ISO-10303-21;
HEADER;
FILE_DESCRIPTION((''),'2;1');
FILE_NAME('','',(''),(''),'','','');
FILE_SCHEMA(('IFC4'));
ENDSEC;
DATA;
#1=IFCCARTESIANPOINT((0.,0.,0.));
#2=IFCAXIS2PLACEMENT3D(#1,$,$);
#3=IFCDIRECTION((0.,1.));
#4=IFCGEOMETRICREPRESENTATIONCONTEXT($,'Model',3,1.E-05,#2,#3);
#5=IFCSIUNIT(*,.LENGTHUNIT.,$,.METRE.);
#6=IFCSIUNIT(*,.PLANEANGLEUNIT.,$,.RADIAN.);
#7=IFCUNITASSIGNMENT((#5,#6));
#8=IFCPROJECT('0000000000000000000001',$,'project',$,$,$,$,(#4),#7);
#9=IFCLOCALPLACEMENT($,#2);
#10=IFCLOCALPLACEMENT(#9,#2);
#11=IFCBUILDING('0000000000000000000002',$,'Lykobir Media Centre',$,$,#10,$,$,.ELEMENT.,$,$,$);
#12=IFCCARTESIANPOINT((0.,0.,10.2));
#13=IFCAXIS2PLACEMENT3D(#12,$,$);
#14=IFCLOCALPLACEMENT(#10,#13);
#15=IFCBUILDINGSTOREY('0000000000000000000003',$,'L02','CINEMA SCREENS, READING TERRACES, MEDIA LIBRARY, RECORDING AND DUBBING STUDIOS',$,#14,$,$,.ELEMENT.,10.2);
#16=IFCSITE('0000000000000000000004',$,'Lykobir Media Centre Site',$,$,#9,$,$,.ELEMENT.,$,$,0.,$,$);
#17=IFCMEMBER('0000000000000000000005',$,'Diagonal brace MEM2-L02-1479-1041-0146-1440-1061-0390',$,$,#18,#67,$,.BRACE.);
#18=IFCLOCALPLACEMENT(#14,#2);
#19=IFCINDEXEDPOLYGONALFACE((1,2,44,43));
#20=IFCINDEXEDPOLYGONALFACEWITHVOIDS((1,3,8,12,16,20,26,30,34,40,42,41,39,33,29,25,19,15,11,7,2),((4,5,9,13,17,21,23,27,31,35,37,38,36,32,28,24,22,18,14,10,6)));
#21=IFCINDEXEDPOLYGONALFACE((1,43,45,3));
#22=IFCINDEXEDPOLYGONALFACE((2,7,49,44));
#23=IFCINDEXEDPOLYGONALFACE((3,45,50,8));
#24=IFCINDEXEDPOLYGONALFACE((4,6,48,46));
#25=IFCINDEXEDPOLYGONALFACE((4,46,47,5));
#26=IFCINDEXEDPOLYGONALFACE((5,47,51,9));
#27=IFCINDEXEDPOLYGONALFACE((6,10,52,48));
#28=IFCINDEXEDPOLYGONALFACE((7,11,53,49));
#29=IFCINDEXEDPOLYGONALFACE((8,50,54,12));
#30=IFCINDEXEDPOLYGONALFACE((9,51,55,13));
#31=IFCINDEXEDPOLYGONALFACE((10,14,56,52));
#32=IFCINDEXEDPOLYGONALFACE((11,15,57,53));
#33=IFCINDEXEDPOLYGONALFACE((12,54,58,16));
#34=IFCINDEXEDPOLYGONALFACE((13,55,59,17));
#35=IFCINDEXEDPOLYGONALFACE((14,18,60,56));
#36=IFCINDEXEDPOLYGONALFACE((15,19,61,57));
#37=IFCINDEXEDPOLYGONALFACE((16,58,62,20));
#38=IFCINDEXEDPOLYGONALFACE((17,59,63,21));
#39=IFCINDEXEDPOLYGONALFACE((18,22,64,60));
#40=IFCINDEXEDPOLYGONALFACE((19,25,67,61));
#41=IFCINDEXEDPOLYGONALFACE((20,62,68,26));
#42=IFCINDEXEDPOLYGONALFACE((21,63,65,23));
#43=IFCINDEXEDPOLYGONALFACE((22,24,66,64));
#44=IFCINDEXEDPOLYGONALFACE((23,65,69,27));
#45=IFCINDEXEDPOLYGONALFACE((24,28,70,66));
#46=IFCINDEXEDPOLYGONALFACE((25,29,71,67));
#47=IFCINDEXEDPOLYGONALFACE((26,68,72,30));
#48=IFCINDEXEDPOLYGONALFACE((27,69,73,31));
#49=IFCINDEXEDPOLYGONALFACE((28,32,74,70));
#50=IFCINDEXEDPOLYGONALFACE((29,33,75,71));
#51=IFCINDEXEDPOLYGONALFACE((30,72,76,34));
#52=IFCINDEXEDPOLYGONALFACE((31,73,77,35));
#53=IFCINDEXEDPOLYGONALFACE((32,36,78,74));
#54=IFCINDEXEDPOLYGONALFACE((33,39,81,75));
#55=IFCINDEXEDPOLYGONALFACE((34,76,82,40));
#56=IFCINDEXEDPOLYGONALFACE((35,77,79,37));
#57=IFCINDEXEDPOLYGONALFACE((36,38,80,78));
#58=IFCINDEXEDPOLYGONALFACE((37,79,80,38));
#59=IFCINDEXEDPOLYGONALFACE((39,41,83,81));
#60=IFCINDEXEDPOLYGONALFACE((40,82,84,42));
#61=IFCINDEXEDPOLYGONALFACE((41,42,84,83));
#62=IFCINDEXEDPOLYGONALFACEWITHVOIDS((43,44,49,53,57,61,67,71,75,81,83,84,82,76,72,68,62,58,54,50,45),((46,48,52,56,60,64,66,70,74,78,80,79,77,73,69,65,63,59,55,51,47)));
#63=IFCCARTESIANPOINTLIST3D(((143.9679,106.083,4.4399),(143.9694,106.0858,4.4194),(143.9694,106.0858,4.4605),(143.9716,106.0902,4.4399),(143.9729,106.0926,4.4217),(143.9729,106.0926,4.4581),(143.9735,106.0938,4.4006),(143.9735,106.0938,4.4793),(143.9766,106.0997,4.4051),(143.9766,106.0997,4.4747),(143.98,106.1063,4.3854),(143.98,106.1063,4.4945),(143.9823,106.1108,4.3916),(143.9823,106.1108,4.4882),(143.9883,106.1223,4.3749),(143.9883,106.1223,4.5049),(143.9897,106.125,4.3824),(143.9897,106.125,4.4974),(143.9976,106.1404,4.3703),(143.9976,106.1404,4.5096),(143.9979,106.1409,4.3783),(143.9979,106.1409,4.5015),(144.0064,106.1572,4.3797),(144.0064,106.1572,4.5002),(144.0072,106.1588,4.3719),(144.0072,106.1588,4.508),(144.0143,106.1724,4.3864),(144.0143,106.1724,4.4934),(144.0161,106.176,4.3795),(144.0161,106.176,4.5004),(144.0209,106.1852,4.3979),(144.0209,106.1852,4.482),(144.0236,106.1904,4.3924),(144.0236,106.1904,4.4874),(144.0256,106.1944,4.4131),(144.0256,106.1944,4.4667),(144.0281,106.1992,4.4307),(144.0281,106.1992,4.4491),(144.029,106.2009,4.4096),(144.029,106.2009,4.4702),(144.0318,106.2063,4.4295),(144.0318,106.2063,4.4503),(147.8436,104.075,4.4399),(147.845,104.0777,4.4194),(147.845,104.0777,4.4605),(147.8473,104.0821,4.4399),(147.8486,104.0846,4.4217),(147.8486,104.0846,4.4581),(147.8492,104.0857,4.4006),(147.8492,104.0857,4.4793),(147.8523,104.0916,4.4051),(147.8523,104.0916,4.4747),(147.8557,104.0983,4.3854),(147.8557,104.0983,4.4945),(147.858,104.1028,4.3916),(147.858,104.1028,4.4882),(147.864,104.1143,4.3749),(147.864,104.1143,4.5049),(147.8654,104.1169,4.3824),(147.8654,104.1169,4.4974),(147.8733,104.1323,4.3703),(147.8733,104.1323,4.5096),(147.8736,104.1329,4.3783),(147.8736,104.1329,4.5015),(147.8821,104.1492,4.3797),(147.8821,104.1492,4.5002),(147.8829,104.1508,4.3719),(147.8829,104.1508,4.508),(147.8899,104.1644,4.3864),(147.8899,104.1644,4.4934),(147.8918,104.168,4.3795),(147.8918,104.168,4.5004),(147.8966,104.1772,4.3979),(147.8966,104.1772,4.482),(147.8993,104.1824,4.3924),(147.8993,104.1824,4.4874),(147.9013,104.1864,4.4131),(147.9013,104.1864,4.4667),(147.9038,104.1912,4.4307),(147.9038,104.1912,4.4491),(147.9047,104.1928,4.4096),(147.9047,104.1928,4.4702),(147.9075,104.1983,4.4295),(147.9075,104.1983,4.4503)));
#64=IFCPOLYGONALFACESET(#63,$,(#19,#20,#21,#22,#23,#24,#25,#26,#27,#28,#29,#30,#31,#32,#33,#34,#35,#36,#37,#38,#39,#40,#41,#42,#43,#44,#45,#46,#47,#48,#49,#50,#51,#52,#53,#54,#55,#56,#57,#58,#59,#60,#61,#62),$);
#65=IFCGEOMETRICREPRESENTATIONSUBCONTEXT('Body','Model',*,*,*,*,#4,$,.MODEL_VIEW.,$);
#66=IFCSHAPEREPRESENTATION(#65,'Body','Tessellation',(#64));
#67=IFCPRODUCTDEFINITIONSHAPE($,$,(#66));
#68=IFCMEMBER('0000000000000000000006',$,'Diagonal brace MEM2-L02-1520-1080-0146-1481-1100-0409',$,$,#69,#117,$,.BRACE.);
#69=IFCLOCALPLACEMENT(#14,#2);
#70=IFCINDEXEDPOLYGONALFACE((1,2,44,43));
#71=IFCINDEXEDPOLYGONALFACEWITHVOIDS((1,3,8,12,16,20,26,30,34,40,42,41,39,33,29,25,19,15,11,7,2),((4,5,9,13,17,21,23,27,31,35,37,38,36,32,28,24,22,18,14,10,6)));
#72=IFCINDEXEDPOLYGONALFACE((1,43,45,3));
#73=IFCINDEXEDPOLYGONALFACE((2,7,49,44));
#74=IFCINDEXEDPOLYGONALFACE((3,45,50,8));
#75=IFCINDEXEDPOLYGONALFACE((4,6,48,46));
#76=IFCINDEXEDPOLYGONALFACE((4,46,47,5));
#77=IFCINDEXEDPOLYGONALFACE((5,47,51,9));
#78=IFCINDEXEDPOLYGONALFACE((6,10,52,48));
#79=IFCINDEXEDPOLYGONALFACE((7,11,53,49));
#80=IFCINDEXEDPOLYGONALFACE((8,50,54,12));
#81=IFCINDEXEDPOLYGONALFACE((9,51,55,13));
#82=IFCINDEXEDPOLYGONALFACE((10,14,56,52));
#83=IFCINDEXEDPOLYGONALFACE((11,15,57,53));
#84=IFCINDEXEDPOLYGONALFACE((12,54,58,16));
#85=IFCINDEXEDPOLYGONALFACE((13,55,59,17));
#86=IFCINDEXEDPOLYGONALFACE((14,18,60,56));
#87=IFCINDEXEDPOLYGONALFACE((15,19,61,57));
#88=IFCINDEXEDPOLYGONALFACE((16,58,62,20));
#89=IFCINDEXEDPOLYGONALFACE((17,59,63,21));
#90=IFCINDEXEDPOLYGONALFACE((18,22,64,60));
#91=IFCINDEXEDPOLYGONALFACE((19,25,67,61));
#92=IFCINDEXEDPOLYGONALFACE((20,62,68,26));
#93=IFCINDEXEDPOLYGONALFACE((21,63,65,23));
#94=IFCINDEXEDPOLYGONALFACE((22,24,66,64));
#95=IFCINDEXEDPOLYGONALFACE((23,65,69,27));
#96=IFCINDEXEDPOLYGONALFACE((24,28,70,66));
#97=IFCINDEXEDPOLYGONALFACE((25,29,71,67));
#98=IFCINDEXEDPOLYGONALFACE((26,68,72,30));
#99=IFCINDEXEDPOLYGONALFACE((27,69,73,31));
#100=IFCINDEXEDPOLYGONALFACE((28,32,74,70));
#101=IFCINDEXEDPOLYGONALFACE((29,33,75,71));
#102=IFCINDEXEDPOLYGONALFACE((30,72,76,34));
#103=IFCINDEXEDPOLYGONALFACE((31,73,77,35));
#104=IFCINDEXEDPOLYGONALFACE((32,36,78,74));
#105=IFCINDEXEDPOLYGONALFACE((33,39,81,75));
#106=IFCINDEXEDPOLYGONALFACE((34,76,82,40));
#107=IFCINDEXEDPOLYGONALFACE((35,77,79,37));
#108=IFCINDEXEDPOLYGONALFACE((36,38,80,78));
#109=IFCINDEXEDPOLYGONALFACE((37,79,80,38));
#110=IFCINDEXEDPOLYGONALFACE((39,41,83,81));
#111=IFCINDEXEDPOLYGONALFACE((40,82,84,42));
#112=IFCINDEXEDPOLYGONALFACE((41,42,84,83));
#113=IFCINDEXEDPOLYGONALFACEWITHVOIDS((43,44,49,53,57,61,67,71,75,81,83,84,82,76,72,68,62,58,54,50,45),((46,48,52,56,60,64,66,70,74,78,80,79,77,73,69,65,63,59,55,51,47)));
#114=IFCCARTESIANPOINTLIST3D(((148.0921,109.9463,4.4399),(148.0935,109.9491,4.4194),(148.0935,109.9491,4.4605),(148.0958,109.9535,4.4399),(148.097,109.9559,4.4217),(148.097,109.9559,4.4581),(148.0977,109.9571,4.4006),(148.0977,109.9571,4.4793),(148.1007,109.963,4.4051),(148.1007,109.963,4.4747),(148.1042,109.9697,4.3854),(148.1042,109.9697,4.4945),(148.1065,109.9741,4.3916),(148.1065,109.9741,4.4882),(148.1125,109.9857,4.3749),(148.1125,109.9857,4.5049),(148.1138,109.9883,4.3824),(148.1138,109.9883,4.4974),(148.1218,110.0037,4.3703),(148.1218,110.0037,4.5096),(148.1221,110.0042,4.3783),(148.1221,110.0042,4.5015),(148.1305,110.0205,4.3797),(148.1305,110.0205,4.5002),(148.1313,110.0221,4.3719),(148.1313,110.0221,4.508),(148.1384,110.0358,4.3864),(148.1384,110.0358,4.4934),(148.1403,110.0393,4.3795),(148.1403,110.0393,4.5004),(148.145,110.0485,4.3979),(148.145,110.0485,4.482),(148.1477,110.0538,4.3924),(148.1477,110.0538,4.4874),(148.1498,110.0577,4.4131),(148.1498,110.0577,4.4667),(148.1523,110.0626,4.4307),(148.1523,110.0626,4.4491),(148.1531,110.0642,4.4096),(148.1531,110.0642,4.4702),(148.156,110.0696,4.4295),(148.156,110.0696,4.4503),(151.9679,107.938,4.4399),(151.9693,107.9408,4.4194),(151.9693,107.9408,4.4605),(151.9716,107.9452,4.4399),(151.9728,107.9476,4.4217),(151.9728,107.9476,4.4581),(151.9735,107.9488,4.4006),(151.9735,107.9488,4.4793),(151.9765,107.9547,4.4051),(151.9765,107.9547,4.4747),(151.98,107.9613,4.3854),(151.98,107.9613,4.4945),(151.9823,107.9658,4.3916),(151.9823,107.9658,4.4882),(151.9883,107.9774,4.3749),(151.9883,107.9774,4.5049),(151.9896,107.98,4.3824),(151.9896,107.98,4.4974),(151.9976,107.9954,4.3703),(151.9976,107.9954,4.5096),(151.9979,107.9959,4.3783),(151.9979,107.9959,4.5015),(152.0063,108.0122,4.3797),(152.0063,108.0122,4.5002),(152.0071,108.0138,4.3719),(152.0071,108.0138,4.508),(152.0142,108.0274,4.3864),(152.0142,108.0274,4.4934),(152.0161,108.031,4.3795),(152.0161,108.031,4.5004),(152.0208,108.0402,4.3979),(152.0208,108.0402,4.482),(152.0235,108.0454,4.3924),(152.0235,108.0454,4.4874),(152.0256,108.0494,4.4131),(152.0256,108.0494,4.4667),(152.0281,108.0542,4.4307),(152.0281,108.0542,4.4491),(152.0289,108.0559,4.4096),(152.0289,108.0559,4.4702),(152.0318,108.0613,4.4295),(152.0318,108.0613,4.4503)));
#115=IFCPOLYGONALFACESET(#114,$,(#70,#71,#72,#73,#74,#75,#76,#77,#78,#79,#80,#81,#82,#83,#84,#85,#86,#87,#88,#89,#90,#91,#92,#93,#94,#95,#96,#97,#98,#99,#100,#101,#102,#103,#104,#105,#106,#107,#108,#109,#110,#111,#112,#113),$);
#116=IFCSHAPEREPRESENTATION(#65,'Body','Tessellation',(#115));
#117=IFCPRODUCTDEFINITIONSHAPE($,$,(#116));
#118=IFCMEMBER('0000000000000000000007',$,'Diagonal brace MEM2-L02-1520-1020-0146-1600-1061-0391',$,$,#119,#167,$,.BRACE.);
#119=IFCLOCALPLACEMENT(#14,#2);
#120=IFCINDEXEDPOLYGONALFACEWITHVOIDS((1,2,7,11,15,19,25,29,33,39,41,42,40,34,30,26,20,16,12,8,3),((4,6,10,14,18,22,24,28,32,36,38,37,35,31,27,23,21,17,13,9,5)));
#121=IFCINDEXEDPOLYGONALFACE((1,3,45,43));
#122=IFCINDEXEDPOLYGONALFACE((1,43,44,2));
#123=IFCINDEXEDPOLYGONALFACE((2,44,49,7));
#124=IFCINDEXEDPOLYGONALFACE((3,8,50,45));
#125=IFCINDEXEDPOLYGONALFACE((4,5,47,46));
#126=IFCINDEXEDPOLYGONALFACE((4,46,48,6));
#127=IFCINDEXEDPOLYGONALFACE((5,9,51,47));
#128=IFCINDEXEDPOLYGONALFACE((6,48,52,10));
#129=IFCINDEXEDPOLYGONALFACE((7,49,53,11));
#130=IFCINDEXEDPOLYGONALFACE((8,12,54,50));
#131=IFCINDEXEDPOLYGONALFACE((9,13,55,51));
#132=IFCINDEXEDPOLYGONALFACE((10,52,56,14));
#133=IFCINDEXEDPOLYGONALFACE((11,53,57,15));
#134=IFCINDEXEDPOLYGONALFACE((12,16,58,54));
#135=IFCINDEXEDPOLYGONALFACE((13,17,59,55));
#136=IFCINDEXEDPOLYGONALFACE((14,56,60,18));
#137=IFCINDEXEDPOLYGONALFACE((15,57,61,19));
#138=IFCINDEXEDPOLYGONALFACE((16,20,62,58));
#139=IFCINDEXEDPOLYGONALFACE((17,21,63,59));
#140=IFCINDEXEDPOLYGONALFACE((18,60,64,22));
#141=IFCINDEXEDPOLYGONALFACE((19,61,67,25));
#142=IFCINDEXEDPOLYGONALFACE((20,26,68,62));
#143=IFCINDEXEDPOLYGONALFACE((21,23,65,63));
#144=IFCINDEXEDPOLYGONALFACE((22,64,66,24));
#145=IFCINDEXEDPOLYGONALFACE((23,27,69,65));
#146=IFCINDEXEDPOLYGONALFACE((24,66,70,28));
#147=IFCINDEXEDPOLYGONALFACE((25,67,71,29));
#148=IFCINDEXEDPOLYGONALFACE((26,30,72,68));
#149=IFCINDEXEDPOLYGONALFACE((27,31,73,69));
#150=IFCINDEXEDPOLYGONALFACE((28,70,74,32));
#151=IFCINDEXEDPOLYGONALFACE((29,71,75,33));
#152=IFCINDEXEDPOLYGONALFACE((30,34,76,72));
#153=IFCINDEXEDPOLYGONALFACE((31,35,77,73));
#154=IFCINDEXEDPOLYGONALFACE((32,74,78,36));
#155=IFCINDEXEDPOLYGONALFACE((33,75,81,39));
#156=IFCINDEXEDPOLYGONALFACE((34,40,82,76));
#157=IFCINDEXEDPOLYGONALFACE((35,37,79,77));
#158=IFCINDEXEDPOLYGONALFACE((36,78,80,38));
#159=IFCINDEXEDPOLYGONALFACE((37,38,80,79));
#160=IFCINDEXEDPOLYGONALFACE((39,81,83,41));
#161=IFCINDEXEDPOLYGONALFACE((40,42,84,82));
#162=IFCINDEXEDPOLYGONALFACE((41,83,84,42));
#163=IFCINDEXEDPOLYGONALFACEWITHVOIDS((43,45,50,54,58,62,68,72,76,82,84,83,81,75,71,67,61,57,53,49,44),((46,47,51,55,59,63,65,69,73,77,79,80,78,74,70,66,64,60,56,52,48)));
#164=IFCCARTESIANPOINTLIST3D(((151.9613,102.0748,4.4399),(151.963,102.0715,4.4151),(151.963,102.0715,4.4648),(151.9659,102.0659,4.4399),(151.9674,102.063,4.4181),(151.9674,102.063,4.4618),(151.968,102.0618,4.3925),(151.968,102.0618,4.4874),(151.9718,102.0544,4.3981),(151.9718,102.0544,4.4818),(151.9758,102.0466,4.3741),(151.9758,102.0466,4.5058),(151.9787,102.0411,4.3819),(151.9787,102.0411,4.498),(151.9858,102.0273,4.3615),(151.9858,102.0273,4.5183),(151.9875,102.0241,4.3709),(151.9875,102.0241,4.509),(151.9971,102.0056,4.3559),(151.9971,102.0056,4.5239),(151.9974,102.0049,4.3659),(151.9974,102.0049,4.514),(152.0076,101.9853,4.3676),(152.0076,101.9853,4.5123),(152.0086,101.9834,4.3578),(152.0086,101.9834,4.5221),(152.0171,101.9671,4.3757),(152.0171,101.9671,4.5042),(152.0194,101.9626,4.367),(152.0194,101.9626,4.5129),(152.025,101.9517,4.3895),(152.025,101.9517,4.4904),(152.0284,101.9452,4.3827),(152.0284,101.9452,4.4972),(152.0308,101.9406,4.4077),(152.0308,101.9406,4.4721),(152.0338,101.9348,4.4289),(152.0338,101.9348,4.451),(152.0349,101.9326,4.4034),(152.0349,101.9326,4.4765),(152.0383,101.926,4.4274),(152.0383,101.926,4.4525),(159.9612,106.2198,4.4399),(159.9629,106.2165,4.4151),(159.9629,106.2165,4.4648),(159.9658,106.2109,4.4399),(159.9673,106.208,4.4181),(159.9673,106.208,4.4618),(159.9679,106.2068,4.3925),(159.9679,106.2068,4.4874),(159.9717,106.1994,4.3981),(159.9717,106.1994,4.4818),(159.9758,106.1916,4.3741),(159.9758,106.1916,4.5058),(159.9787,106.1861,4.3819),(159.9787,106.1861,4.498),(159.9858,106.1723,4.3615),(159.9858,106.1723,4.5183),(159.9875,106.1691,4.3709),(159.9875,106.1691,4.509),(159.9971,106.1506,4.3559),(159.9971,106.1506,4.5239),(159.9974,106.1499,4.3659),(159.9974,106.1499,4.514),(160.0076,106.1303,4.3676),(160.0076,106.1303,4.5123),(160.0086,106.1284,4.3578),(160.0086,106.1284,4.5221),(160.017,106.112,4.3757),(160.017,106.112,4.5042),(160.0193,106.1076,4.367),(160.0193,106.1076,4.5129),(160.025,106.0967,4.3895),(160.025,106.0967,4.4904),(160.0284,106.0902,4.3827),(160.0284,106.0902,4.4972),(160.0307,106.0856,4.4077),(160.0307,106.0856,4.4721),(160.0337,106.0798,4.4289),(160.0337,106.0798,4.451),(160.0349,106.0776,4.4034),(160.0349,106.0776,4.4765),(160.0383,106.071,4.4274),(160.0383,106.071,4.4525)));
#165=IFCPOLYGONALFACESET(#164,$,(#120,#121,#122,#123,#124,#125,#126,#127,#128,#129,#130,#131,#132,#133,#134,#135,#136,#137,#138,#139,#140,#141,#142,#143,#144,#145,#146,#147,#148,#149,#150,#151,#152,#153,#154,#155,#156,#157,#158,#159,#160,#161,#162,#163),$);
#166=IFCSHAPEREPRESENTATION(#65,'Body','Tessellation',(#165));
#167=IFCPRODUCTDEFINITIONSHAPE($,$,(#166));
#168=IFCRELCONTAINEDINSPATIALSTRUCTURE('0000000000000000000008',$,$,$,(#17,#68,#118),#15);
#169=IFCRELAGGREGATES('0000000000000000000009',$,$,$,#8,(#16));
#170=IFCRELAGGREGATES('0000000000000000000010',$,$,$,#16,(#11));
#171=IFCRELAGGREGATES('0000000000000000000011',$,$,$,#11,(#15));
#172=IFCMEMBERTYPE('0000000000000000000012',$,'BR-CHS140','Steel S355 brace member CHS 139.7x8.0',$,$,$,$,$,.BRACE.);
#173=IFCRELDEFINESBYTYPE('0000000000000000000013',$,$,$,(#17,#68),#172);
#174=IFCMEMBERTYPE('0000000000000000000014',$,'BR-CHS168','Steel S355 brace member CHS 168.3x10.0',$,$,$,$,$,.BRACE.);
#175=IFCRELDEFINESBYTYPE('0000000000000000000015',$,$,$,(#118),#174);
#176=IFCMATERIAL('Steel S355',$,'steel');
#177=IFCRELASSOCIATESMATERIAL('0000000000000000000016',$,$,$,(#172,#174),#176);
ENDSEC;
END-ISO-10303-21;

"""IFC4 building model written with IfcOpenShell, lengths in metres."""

from ifc_helpers import new_model, si_unit, direction, frame, origin, origin_2d, place, context, subcontext, project, spatial, hollow_circle, extrude, material, material_profile, profile_set, type_object, element, save


model = new_model("IFC4")

# Units and contexts
model_context = context("Model", 3, precision=1e-05, world=origin(), true_north=direction((0.0, 1.0)))
body_context = subcontext(model_context, "Body", "Model", "MODEL_VIEW")
ifc_project = project(units=[si_unit("LENGTHUNIT", "METRE"), si_unit("PLANEANGLEUNIT", "RADIAN")], contexts=[model_context])

# Site, building, storey
site_placement = place(None, origin())
site = spatial("IfcSite", under=ifc_project, at=site_placement, Name="Lykobir Media Centre Site", CompositionType="ELEMENT", RefElevation=0.0)
building_placement = place(site_placement, origin())
building = spatial("IfcBuilding", under=site, at=building_placement, Name="Lykobir Media Centre", CompositionType="ELEMENT")
storey_placement = place(building_placement, frame((0.0, 0.0, 10.2)))
storey = spatial("IfcBuildingStorey", under=building, at=storey_placement, Name="L02", Description="CINEMA SCREENS, READING TERRACES, MEDIA LIBRARY, RECORDING AND DUBBING STUDIOS", CompositionType="ELEMENT", Elevation=10.2)

# Members
ifc_material_1 = material(Name="Steel S355", Category="steel")
ifc_material_profile_1 = material_profile(ifc_material_1, hollow_circle(Radius=0.0698, WallThickness=0.0081, at=origin_2d()), Name="CHS 139.7x8.0")
ifc_profile_set_1 = profile_set([ifc_material_profile_1], Name="Steel S355")
member_type_1 = type_object("IfcMemberType", Name="BR-CHS140", Description="Steel S355 brace member CHS 139.7x8.0", PredefinedType="BRACE", material=ifc_profile_set_1)
member_1_placement = place(storey_placement, frame((147.8757, 104.137, 4.4399), z_axis=(-0.887903, 0.460031, 0.0), x_axis=(-0.460031, -0.887903, 0.0)))
element("IfcMember", 1, at=member_1_placement, inside=storey, type_object=member_type_1, Name="Diagonal brace MEM2-L02-1479-1041-0146-1440-1061-0390", PredefinedType="BRACE", context=body_context, shape_type="SweptSolid", body=[
    extrude(hollow_circle(Radius=0.0698, WallThickness=0.0081, at=origin_2d()), origin(), (0.0, 0.0, 1.0), 4.365),
])
member_2_placement = place(storey_placement, frame((152.0, 108.0, 4.4399), z_axis=(-0.88788, 0.460076, 0.0), x_axis=(-0.460076, -0.88788, 0.0)))
element("IfcMember", 2, at=member_2_placement, inside=storey, type_object=member_type_1, Name="Diagonal brace MEM2-L02-1520-1080-0146-1481-1100-0409", PredefinedType="BRACE", context=body_context, shape_type="SweptSolid", body=[
    extrude(hollow_circle(Radius=0.0698, WallThickness=0.0081, at=origin_2d()), origin(), (0.0, 0.0, 1.0), 4.3652),
])
ifc_material_profile_2 = material_profile(ifc_material_1, hollow_circle(Radius=0.0842, WallThickness=0.01, at=origin_2d()), Name="CHS 168.3x10.0")
ifc_profile_set_2 = profile_set([ifc_material_profile_2], Name="Steel S355")
member_type_2 = type_object("IfcMemberType", Name="BR-CHS168", Description="Steel S355 brace member CHS 168.3x10.0", PredefinedType="BRACE", material=ifc_profile_set_2)
for number, where, z_axis, x_axis, name in (
    (3, (152.0, 102.0, 4.4399), (0.887896, 0.460043, 0.0), (-0.460043, 0.887896, 0.0), "Diagonal brace MEM2-L02-1520-1020-0146-1600-1061-0391"),
):
    element("IfcMember", number, at=place(storey_placement, frame(where, z_axis=z_axis, x_axis=x_axis)), inside=storey, type_object=member_type_2, Name=name, PredefinedType="BRACE", context=body_context, shape_type="SweptSolid", body=[
        extrude(hollow_circle(Radius=0.0842, WallThickness=0.01, at=origin_2d()), origin(), (0.0, 0.0, 1.0), 9.01),
    ])

save(model, "model.ifc")
